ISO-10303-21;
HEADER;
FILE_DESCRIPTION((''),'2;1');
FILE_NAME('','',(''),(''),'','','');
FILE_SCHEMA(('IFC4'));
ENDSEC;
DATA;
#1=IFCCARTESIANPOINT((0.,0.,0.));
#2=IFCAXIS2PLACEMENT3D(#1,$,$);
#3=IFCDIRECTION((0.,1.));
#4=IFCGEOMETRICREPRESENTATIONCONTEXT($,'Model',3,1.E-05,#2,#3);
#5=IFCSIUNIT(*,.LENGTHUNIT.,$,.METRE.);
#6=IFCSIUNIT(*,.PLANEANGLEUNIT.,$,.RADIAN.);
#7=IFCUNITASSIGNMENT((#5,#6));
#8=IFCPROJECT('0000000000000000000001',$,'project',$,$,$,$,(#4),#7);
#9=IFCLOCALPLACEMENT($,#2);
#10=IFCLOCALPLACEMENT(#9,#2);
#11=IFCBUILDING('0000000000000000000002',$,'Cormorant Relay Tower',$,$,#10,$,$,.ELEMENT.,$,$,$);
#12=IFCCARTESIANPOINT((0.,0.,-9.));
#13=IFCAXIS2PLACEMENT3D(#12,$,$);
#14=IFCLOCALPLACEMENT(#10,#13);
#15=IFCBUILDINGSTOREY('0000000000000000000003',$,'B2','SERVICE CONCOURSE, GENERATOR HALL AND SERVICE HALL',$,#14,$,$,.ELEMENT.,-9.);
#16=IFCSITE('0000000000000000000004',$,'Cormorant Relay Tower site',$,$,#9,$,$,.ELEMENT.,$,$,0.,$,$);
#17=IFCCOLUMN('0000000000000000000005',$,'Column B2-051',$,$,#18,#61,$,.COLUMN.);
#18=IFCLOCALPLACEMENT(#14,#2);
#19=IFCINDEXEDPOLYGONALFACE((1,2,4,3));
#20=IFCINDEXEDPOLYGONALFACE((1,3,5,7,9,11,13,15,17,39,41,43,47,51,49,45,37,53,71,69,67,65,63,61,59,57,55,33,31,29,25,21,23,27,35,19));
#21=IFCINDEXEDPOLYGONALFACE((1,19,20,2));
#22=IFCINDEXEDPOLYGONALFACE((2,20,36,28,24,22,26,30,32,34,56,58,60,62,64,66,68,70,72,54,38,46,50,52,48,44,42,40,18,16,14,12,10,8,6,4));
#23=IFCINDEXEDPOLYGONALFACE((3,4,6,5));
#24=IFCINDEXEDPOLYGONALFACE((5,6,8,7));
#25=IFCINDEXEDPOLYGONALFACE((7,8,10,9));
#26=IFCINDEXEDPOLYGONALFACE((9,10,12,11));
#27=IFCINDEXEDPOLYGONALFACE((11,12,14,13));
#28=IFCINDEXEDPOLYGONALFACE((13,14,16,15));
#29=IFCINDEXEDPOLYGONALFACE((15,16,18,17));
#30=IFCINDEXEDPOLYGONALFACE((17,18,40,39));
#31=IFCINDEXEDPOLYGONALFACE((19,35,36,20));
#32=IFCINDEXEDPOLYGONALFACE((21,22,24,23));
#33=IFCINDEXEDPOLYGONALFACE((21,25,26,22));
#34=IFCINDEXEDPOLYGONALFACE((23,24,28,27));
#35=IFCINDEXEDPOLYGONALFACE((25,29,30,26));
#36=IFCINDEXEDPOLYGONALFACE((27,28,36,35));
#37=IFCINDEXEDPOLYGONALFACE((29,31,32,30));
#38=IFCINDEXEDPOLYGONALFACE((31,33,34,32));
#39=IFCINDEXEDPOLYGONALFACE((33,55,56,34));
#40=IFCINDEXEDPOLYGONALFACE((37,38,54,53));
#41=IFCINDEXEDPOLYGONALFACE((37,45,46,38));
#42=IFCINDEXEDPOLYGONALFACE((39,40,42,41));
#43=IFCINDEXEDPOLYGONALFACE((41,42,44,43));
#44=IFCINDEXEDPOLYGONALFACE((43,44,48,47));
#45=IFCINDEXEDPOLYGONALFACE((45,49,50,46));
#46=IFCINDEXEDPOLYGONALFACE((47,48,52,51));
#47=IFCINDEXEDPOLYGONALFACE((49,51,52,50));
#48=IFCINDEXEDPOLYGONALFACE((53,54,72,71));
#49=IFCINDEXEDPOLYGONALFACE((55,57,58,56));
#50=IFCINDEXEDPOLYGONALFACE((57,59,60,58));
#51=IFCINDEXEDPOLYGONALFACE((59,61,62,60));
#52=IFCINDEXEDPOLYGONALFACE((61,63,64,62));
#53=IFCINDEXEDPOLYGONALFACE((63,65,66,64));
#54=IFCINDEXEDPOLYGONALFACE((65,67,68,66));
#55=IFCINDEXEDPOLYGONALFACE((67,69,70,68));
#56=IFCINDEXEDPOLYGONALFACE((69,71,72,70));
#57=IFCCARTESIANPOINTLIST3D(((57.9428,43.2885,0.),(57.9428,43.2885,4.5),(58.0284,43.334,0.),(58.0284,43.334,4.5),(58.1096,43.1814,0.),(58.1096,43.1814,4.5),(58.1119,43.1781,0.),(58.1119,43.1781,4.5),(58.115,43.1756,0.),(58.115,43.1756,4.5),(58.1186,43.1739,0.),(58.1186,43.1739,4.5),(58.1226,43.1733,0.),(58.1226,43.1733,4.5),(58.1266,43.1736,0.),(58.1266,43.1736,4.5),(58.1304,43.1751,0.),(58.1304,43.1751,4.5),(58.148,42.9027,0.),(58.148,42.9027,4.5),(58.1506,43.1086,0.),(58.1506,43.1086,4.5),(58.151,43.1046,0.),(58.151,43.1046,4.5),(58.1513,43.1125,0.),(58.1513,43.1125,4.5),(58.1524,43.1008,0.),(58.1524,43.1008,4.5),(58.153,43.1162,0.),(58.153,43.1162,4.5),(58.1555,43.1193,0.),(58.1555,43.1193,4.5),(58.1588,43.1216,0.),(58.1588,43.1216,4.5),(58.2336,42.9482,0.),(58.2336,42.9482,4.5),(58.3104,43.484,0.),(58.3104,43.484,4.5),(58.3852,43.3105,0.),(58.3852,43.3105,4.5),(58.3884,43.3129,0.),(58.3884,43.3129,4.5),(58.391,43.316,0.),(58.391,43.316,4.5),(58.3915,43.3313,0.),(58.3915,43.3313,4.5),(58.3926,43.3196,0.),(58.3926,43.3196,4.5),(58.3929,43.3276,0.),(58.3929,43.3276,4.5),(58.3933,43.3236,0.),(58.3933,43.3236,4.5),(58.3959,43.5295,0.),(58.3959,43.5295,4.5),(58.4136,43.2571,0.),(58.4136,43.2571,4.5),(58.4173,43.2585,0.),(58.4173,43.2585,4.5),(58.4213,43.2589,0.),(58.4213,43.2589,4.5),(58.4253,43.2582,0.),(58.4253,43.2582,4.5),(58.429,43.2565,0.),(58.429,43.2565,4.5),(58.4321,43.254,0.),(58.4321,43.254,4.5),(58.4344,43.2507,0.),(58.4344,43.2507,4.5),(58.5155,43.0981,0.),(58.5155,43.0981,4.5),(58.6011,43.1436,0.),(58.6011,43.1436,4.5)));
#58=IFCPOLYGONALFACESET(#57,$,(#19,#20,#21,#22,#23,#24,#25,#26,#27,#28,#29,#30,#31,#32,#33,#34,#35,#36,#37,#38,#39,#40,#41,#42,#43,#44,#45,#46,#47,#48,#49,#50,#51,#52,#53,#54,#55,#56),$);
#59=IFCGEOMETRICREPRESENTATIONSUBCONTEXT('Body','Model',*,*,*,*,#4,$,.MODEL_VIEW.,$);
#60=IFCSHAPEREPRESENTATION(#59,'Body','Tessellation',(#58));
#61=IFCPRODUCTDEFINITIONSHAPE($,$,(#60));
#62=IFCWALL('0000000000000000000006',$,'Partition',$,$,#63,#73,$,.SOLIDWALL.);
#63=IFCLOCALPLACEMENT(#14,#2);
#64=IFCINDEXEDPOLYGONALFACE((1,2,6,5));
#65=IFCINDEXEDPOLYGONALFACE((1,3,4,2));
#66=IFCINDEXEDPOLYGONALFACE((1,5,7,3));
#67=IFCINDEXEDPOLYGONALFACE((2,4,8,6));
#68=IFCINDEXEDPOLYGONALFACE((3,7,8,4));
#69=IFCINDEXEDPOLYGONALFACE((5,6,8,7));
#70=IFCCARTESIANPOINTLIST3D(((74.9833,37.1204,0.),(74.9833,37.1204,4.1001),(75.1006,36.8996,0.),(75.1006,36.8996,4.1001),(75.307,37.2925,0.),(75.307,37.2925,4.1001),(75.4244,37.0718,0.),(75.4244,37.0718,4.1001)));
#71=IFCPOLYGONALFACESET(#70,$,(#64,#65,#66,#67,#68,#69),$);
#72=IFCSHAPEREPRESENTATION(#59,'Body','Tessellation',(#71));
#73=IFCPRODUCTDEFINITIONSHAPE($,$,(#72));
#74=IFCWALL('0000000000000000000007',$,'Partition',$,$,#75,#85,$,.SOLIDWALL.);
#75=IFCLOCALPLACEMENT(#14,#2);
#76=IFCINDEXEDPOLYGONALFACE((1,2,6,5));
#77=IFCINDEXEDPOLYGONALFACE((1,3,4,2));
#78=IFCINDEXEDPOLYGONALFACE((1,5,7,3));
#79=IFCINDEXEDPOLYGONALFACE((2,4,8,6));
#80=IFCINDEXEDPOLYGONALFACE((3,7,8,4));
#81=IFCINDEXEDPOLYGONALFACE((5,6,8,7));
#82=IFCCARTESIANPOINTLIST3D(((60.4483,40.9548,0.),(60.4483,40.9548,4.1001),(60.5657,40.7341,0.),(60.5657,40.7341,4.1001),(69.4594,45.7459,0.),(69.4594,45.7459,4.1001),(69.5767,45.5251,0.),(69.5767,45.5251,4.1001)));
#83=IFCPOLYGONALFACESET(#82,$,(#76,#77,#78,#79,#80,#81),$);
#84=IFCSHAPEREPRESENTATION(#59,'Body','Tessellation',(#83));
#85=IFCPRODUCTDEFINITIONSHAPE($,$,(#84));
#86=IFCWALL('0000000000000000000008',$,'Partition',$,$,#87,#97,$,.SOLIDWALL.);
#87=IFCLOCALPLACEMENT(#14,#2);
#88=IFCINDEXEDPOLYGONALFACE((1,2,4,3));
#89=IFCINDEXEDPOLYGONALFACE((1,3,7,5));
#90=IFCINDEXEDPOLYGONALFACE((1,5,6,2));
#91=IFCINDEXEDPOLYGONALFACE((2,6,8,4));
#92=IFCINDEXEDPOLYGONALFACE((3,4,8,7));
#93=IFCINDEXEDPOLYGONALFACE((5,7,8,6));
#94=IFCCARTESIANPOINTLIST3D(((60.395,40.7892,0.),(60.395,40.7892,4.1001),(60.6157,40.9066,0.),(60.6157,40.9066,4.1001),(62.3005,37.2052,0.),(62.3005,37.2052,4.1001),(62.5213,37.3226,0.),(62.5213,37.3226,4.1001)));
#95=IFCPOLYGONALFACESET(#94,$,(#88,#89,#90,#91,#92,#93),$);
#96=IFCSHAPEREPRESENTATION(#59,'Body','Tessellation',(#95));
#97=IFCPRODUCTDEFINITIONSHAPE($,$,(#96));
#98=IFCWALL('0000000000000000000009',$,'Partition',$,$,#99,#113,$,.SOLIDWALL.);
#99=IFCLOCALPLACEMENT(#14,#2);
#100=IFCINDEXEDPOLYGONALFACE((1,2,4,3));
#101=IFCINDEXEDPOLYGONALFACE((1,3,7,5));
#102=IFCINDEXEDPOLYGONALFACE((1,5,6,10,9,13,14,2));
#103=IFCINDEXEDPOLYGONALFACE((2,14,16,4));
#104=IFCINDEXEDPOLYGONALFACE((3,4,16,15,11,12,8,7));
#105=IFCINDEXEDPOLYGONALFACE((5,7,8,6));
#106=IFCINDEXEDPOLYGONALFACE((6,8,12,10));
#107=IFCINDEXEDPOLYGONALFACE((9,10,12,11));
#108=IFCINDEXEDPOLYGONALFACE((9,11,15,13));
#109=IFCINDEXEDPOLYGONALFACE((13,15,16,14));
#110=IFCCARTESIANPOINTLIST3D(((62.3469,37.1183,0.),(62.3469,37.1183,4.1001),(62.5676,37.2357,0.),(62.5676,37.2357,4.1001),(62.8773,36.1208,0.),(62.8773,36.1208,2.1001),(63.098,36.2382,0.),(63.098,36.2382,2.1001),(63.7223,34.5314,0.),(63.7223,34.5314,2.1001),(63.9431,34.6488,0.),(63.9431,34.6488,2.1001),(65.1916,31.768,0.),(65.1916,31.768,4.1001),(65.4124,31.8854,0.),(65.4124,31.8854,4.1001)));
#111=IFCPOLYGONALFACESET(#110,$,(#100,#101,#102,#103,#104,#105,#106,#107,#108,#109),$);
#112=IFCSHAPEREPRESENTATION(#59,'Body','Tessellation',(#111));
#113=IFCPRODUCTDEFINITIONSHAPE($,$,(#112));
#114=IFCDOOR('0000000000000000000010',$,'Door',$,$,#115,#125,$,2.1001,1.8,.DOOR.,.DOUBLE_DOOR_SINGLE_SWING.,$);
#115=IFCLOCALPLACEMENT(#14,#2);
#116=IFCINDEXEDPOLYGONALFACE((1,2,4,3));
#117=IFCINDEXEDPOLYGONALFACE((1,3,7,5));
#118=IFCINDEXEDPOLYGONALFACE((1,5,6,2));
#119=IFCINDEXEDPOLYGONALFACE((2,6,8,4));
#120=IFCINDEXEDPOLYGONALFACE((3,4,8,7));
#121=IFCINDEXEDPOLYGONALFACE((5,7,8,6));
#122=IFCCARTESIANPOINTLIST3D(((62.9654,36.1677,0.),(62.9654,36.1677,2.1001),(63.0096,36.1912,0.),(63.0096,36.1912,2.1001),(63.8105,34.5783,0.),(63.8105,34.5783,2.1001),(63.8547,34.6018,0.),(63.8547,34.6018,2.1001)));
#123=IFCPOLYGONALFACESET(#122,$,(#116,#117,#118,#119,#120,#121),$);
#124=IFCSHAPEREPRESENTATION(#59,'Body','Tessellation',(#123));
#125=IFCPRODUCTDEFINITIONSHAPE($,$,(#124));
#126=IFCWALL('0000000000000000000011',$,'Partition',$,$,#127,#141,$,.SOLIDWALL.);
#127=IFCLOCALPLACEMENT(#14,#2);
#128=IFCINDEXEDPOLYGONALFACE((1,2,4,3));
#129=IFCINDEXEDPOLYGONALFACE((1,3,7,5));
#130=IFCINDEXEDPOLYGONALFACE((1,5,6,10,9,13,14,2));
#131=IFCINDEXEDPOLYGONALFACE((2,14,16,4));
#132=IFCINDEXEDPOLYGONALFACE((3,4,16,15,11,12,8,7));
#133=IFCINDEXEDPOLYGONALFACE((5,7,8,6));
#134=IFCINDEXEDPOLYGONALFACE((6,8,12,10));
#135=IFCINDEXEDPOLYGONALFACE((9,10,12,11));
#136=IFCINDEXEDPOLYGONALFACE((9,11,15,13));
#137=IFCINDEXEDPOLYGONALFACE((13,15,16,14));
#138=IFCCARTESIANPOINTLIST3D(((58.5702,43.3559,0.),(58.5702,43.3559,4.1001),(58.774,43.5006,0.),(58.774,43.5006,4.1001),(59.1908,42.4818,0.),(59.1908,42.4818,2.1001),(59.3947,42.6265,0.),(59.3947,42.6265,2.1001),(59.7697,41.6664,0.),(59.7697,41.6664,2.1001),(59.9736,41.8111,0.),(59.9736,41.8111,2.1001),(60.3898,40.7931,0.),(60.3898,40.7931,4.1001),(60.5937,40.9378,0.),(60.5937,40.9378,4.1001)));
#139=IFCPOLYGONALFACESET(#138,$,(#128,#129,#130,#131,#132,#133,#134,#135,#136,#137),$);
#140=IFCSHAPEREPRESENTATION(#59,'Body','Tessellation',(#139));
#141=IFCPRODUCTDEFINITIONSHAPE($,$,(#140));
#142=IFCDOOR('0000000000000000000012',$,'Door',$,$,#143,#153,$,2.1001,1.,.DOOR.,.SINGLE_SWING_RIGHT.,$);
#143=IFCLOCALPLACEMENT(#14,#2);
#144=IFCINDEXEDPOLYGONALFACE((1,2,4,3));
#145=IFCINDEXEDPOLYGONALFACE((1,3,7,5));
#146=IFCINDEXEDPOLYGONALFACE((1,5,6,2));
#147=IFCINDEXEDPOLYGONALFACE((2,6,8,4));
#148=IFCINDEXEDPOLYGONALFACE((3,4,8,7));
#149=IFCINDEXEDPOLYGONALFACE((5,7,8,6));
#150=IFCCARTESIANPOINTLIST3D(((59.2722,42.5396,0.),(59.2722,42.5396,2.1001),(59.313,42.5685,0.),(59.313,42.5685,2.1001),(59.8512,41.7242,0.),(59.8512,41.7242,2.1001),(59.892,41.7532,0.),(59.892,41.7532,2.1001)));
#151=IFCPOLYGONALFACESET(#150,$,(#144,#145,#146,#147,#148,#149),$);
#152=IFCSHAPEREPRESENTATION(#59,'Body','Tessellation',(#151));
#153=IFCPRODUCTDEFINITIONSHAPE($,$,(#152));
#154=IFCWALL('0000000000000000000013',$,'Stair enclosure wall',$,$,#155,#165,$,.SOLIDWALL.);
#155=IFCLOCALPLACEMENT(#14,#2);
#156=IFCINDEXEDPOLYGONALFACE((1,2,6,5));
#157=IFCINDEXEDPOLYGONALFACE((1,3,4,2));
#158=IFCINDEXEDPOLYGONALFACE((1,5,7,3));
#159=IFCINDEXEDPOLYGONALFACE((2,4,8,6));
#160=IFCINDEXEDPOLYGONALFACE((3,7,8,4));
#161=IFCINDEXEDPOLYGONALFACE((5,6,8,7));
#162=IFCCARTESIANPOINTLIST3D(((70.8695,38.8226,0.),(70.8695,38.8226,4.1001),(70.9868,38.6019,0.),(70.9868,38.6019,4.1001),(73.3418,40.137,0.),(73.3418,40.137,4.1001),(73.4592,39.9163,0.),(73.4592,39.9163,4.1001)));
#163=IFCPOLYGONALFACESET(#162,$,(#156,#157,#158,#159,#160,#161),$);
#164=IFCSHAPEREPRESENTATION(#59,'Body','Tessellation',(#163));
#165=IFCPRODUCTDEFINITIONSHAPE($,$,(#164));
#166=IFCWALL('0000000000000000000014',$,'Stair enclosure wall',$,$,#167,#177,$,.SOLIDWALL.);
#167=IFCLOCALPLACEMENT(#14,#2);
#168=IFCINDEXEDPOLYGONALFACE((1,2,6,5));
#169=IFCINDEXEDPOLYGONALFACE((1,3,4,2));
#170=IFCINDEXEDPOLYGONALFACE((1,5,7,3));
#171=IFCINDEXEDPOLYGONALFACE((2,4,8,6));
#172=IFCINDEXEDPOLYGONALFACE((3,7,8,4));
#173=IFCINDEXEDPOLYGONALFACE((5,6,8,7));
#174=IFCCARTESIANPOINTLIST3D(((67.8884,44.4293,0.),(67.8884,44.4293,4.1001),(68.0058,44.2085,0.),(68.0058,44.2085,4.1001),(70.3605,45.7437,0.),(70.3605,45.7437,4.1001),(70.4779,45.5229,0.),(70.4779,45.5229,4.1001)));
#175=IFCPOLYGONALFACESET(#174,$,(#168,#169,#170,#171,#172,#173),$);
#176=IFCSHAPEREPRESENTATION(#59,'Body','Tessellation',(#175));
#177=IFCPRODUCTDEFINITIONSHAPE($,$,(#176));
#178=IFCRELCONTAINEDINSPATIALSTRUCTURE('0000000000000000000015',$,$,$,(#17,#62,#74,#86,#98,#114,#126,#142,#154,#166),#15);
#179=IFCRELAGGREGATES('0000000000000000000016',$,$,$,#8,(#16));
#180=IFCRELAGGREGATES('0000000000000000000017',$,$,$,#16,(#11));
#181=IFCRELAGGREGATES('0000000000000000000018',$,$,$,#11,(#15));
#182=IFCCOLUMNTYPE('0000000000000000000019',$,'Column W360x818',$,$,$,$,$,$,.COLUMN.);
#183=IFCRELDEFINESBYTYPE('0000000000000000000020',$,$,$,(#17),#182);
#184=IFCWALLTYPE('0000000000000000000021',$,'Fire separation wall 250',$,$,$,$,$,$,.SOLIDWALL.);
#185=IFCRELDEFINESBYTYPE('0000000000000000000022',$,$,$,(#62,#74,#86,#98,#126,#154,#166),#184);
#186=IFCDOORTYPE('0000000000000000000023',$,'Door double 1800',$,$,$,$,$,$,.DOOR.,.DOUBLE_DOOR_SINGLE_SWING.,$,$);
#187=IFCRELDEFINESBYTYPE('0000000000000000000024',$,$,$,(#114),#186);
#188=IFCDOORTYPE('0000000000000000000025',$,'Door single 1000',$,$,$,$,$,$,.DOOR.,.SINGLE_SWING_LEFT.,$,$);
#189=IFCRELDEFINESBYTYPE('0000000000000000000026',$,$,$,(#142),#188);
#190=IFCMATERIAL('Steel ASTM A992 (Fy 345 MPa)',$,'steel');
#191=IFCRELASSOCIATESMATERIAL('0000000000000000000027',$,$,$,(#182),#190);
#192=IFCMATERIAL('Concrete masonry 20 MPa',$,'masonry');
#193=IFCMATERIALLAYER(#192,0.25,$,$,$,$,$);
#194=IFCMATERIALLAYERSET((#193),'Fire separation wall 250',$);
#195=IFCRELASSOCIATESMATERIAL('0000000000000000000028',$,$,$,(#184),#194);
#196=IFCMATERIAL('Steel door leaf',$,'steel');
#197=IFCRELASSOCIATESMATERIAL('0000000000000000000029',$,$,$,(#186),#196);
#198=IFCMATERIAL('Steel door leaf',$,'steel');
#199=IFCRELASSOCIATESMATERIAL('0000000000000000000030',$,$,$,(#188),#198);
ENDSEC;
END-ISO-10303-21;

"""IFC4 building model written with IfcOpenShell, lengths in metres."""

from ifc_helpers import new_model, si_unit, direction, frame, frame_2d, origin, origin_2d, place, context, subcontext, project, spatial, rectangle, i_section, extrude, material, layer, layer_set, material_profile, profile_set, type_object, element, fill, save


model = new_model("IFC4")

# Units and contexts
model_context = context("Model", 3, precision=1e-05, world=origin(), true_north=direction((0.0, 1.0)))
body_context = subcontext(model_context, "Body", "Model", "MODEL_VIEW")
ifc_project = project(units=[si_unit("LENGTHUNIT", "METRE"), si_unit("PLANEANGLEUNIT", "RADIAN")], contexts=[model_context])

# Site, building, storey
site_placement = place(None, origin())
site = spatial("IfcSite", under=ifc_project, at=site_placement, Name="Cormorant Relay Tower site", CompositionType="ELEMENT", RefElevation=0.0)
building_placement = place(site_placement, origin())
building = spatial("IfcBuilding", under=site, at=building_placement, Name="Cormorant Relay Tower", CompositionType="ELEMENT")
storey_placement = place(building_placement, frame((0.0, 0.0, -9.0)))
storey = spatial("IfcBuildingStorey", under=building, at=storey_placement, Name="B2", Description="SERVICE CONCOURSE, GENERATOR HALL AND SERVICE HALL", CompositionType="ELEMENT", Elevation=-9.0)

# Column
ifc_material_1 = material(Name="Steel ASTM A992 (Fy 345 MPa)", Category="steel")
ifc_material_profile_1 = material_profile(ifc_material_1, i_section(OverallWidth=0.437, OverallDepth=0.5132, WebThickness=0.0605, FlangeThickness=0.0969, FilletRadius=0.0154, at=origin_2d()), Name="W360x818")
ifc_profile_set_1 = profile_set([ifc_material_profile_1], Name="Steel ASTM A992 (Fy 345 MPa)")
column_type_1 = type_object("IfcColumnType", Name="Column W360x818", PredefinedType="COLUMN", material=ifc_profile_set_1)
column_placement = place(storey_placement, frame((58.272, 43.2161, 0.0), z_axis=(0.0, 0.0, 1.0), x_axis=(-0.469472, 0.882948, 0.0)))
element("IfcColumn", 1, at=column_placement, inside=storey, type_object=column_type_1, Name="Column B2-051", PredefinedType="COLUMN", context=body_context, shape_type="SweptSolid", body=[
    extrude(i_section(OverallWidth=0.437, OverallDepth=0.5132, WebThickness=0.0605, FlangeThickness=0.0969, FilletRadius=0.0154, at=origin_2d()), origin(), (0.0, 0.0, 1.0), 4.5),
])

# Walls
ifc_material_2 = material(Name="Concrete masonry 20 MPa", Category="masonry")
ifc_layer_1 = layer(ifc_material_2, 0.25)
ifc_layer_set_1 = layer_set([ifc_layer_1], Name="Fire separation wall 250")
wall_type_1 = type_object("IfcWallType", Name="Fire separation wall 250", PredefinedType="SOLIDWALL", material=ifc_layer_set_1)
wall_1_placement = place(storey_placement, frame((75.3657, 37.1821, 0.0), z_axis=(0.0, 0.0, 1.0), x_axis=(-0.88296, -0.469447, 0.0)))
element("IfcWall", 2, at=wall_1_placement, inside=storey, type_object=wall_type_1, Name="Partition", PredefinedType="SOLIDWALL", context=body_context, shape_type="SweptSolid", body=[
    extrude(rectangle(XDim=0.3667, YDim=0.25, at=frame_2d((0.1833, 0.0))), origin(), (0.0, 0.0, 1.0), 4.1001),
])
wall_2_placement = place(storey_placement, frame((69.5181, 45.6355, 0.0), z_axis=(0.0, 0.0, 1.0), x_axis=(-0.882956, -0.469455, 0.0)))
element("IfcWall", 3, at=wall_2_placement, inside=storey, type_object=wall_type_1, Name="Partition", PredefinedType="SOLIDWALL", context=body_context, shape_type="SweptSolid", body=[
    extrude(rectangle(XDim=10.2056, YDim=0.25, at=frame_2d((5.1028, 0.0))), origin(), (0.0, 0.0, 1.0), 4.1001),
])
wall_3_placement = place(storey_placement, frame((60.5054, 40.8479, 0.0), z_axis=(0.0, 0.0, 1.0), x_axis=(0.469448, -0.88296, 0.0)))
element("IfcWall", 4, at=wall_3_placement, inside=storey, type_object=wall_type_1, Name="Partition", PredefinedType="SOLIDWALL", context=body_context, shape_type="SweptSolid", body=[
    extrude(rectangle(XDim=4.0591, YDim=0.25, at=frame_2d((2.0295, 0.0))), origin(), (0.0, 0.0, 1.0), 4.1001),
])

# Walls, openings, doors
wall_4_placement = place(storey_placement, frame((62.4573, 37.177, 0.0), z_axis=(0.0, 0.0, 1.0), x_axis=(0.469459, -0.882954, 0.0)))
wall_4 = element("IfcWall", 5, at=wall_4_placement, inside=storey, type_object=wall_type_1, Name="Partition", PredefinedType="SOLIDWALL", context=body_context, shape_type="SweptSolid", body=[
    extrude(rectangle(XDim=6.0596, YDim=0.25, at=frame_2d((3.0298, 0.0))), origin(), (0.0, 0.0, 1.0), 4.1001),
])
opening_1_placement = place(wall_4_placement, frame((1.1299, 0.0, 0.0)))
opening_1 = element("IfcOpeningElement", 6, at=opening_1_placement, cuts=wall_4, PredefinedType="OPENING", context=body_context, shape_type="SweptSolid", body=[
    extrude(rectangle(XDim=1.8, YDim=2.1001, at=frame_2d((0.8999, 1.05))), frame((0.0, 0.135, 0.0), z_axis=(0.0, -1.0, 0.0), x_axis=(1.0, 0.0, 0.0)), (0.0, 0.0, 1.0), 0.27),
])
ifc_material_3 = material(Name="Steel door leaf", Category="steel")
door_type_1 = type_object("IfcDoorType", Name="Door double 1800", OperationType="DOUBLE_DOOR_SINGLE_SWING", PredefinedType="DOOR", material=ifc_material_3)
door_1_placement = place(opening_1_placement, origin())
door_1 = element("IfcDoor", 7, at=door_1_placement, inside=storey, type_object=door_type_1, Name="Door", OperationType="DOUBLE_DOOR_SINGLE_SWING", OverallHeight=2.1001, OverallWidth=1.8, PredefinedType="DOOR", context=body_context, shape_type="SweptSolid", body=[
    extrude(rectangle(XDim=1.8, YDim=2.1001, at=frame_2d((0.8999, 1.05))), frame((0.0, 0.0249, 0.0), z_axis=(0.0, -1.0, 0.0), x_axis=(1.0, 0.0, 0.0)), (0.0, 0.0, 1.0), 0.05),
])
fill(opening_1, door_1)
wall_5_placement = place(storey_placement, frame((58.6721, 43.4282, 0.0), z_axis=(0.0, 0.0, 1.0), x_axis=(0.578929, -0.815378, 0.0)))
wall_5 = element("IfcWall", 8, at=wall_5_placement, inside=storey, type_object=wall_type_1, Name="Partition", PredefinedType="SOLIDWALL", context=body_context, shape_type="SweptSolid", body=[
    extrude(rectangle(XDim=3.1431, YDim=0.25, at=frame_2d((1.5715, 0.0))), origin(), (0.0, 0.0, 1.0), 4.1001),
])
opening_2_placement = place(wall_5_placement, frame((1.072, 0.0, 0.0)))
opening_2 = element("IfcOpeningElement", 9, at=opening_2_placement, cuts=wall_5, PredefinedType="OPENING", context=body_context, shape_type="SweptSolid", body=[
    extrude(rectangle(XDim=1.0, YDim=2.1001, at=frame_2d((0.5, 1.05))), frame((0.0, 0.135, 0.0), z_axis=(0.0, -1.0, 0.0), x_axis=(1.0, 0.0, 0.0)), (0.0, 0.0, 1.0), 0.27),
])
ifc_material_4 = material(Name="Steel door leaf", Category="steel")
door_type_2 = type_object("IfcDoorType", Name="Door single 1000", OperationType="SINGLE_SWING_LEFT", PredefinedType="DOOR", material=ifc_material_4)
door_2_placement = place(opening_2_placement, origin())
door_2 = element("IfcDoor", 10, at=door_2_placement, inside=storey, type_object=door_type_2, Name="Door", OperationType="SINGLE_SWING_RIGHT", OverallHeight=2.1001, OverallWidth=1.0, PredefinedType="DOOR", context=body_context, shape_type="SweptSolid", body=[
    extrude(rectangle(XDim=1.0, YDim=2.1001, at=frame_2d((0.5, 1.05))), frame((0.0, 0.0249, 0.0), z_axis=(0.0, -1.0, 0.0), x_axis=(1.0, 0.0, 0.0)), (0.0, 0.0, 1.0), 0.05),
])
fill(opening_2, door_2)

# Walls
wall_6_placement = place(storey_placement, frame((73.4004, 40.0266, 0.0), z_axis=(0.0, 0.0, 1.0), x_axis=(-0.88297, -0.469429, 0.0)))
element("IfcWall", 11, at=wall_6_placement, inside=storey, type_object=wall_type_1, Name="Stair enclosure wall", PredefinedType="SOLIDWALL", context=body_context, shape_type="SweptSolid", body=[
    extrude(rectangle(XDim=2.8, YDim=0.25, at=frame_2d((1.3999, 0.0))), origin(), (0.0, 0.0, 1.0), 4.1001),
])
wall_7_placement = place(storey_placement, frame((70.4192, 45.6333, 0.0), z_axis=(0.0, 0.0, 1.0), x_axis=(-0.882951, -0.469465, 0.0)))
element("IfcWall", 12, at=wall_7_placement, inside=storey, type_object=wall_type_1, Name="Stair enclosure wall", PredefinedType="SOLIDWALL", context=body_context, shape_type="SweptSolid", body=[
    extrude(rectangle(XDim=2.7998, YDim=0.25, at=frame_2d((1.3999, 0.0))), origin(), (0.0, 0.0, 1.0), 4.1001),
])

save(model, "model.ifc")
